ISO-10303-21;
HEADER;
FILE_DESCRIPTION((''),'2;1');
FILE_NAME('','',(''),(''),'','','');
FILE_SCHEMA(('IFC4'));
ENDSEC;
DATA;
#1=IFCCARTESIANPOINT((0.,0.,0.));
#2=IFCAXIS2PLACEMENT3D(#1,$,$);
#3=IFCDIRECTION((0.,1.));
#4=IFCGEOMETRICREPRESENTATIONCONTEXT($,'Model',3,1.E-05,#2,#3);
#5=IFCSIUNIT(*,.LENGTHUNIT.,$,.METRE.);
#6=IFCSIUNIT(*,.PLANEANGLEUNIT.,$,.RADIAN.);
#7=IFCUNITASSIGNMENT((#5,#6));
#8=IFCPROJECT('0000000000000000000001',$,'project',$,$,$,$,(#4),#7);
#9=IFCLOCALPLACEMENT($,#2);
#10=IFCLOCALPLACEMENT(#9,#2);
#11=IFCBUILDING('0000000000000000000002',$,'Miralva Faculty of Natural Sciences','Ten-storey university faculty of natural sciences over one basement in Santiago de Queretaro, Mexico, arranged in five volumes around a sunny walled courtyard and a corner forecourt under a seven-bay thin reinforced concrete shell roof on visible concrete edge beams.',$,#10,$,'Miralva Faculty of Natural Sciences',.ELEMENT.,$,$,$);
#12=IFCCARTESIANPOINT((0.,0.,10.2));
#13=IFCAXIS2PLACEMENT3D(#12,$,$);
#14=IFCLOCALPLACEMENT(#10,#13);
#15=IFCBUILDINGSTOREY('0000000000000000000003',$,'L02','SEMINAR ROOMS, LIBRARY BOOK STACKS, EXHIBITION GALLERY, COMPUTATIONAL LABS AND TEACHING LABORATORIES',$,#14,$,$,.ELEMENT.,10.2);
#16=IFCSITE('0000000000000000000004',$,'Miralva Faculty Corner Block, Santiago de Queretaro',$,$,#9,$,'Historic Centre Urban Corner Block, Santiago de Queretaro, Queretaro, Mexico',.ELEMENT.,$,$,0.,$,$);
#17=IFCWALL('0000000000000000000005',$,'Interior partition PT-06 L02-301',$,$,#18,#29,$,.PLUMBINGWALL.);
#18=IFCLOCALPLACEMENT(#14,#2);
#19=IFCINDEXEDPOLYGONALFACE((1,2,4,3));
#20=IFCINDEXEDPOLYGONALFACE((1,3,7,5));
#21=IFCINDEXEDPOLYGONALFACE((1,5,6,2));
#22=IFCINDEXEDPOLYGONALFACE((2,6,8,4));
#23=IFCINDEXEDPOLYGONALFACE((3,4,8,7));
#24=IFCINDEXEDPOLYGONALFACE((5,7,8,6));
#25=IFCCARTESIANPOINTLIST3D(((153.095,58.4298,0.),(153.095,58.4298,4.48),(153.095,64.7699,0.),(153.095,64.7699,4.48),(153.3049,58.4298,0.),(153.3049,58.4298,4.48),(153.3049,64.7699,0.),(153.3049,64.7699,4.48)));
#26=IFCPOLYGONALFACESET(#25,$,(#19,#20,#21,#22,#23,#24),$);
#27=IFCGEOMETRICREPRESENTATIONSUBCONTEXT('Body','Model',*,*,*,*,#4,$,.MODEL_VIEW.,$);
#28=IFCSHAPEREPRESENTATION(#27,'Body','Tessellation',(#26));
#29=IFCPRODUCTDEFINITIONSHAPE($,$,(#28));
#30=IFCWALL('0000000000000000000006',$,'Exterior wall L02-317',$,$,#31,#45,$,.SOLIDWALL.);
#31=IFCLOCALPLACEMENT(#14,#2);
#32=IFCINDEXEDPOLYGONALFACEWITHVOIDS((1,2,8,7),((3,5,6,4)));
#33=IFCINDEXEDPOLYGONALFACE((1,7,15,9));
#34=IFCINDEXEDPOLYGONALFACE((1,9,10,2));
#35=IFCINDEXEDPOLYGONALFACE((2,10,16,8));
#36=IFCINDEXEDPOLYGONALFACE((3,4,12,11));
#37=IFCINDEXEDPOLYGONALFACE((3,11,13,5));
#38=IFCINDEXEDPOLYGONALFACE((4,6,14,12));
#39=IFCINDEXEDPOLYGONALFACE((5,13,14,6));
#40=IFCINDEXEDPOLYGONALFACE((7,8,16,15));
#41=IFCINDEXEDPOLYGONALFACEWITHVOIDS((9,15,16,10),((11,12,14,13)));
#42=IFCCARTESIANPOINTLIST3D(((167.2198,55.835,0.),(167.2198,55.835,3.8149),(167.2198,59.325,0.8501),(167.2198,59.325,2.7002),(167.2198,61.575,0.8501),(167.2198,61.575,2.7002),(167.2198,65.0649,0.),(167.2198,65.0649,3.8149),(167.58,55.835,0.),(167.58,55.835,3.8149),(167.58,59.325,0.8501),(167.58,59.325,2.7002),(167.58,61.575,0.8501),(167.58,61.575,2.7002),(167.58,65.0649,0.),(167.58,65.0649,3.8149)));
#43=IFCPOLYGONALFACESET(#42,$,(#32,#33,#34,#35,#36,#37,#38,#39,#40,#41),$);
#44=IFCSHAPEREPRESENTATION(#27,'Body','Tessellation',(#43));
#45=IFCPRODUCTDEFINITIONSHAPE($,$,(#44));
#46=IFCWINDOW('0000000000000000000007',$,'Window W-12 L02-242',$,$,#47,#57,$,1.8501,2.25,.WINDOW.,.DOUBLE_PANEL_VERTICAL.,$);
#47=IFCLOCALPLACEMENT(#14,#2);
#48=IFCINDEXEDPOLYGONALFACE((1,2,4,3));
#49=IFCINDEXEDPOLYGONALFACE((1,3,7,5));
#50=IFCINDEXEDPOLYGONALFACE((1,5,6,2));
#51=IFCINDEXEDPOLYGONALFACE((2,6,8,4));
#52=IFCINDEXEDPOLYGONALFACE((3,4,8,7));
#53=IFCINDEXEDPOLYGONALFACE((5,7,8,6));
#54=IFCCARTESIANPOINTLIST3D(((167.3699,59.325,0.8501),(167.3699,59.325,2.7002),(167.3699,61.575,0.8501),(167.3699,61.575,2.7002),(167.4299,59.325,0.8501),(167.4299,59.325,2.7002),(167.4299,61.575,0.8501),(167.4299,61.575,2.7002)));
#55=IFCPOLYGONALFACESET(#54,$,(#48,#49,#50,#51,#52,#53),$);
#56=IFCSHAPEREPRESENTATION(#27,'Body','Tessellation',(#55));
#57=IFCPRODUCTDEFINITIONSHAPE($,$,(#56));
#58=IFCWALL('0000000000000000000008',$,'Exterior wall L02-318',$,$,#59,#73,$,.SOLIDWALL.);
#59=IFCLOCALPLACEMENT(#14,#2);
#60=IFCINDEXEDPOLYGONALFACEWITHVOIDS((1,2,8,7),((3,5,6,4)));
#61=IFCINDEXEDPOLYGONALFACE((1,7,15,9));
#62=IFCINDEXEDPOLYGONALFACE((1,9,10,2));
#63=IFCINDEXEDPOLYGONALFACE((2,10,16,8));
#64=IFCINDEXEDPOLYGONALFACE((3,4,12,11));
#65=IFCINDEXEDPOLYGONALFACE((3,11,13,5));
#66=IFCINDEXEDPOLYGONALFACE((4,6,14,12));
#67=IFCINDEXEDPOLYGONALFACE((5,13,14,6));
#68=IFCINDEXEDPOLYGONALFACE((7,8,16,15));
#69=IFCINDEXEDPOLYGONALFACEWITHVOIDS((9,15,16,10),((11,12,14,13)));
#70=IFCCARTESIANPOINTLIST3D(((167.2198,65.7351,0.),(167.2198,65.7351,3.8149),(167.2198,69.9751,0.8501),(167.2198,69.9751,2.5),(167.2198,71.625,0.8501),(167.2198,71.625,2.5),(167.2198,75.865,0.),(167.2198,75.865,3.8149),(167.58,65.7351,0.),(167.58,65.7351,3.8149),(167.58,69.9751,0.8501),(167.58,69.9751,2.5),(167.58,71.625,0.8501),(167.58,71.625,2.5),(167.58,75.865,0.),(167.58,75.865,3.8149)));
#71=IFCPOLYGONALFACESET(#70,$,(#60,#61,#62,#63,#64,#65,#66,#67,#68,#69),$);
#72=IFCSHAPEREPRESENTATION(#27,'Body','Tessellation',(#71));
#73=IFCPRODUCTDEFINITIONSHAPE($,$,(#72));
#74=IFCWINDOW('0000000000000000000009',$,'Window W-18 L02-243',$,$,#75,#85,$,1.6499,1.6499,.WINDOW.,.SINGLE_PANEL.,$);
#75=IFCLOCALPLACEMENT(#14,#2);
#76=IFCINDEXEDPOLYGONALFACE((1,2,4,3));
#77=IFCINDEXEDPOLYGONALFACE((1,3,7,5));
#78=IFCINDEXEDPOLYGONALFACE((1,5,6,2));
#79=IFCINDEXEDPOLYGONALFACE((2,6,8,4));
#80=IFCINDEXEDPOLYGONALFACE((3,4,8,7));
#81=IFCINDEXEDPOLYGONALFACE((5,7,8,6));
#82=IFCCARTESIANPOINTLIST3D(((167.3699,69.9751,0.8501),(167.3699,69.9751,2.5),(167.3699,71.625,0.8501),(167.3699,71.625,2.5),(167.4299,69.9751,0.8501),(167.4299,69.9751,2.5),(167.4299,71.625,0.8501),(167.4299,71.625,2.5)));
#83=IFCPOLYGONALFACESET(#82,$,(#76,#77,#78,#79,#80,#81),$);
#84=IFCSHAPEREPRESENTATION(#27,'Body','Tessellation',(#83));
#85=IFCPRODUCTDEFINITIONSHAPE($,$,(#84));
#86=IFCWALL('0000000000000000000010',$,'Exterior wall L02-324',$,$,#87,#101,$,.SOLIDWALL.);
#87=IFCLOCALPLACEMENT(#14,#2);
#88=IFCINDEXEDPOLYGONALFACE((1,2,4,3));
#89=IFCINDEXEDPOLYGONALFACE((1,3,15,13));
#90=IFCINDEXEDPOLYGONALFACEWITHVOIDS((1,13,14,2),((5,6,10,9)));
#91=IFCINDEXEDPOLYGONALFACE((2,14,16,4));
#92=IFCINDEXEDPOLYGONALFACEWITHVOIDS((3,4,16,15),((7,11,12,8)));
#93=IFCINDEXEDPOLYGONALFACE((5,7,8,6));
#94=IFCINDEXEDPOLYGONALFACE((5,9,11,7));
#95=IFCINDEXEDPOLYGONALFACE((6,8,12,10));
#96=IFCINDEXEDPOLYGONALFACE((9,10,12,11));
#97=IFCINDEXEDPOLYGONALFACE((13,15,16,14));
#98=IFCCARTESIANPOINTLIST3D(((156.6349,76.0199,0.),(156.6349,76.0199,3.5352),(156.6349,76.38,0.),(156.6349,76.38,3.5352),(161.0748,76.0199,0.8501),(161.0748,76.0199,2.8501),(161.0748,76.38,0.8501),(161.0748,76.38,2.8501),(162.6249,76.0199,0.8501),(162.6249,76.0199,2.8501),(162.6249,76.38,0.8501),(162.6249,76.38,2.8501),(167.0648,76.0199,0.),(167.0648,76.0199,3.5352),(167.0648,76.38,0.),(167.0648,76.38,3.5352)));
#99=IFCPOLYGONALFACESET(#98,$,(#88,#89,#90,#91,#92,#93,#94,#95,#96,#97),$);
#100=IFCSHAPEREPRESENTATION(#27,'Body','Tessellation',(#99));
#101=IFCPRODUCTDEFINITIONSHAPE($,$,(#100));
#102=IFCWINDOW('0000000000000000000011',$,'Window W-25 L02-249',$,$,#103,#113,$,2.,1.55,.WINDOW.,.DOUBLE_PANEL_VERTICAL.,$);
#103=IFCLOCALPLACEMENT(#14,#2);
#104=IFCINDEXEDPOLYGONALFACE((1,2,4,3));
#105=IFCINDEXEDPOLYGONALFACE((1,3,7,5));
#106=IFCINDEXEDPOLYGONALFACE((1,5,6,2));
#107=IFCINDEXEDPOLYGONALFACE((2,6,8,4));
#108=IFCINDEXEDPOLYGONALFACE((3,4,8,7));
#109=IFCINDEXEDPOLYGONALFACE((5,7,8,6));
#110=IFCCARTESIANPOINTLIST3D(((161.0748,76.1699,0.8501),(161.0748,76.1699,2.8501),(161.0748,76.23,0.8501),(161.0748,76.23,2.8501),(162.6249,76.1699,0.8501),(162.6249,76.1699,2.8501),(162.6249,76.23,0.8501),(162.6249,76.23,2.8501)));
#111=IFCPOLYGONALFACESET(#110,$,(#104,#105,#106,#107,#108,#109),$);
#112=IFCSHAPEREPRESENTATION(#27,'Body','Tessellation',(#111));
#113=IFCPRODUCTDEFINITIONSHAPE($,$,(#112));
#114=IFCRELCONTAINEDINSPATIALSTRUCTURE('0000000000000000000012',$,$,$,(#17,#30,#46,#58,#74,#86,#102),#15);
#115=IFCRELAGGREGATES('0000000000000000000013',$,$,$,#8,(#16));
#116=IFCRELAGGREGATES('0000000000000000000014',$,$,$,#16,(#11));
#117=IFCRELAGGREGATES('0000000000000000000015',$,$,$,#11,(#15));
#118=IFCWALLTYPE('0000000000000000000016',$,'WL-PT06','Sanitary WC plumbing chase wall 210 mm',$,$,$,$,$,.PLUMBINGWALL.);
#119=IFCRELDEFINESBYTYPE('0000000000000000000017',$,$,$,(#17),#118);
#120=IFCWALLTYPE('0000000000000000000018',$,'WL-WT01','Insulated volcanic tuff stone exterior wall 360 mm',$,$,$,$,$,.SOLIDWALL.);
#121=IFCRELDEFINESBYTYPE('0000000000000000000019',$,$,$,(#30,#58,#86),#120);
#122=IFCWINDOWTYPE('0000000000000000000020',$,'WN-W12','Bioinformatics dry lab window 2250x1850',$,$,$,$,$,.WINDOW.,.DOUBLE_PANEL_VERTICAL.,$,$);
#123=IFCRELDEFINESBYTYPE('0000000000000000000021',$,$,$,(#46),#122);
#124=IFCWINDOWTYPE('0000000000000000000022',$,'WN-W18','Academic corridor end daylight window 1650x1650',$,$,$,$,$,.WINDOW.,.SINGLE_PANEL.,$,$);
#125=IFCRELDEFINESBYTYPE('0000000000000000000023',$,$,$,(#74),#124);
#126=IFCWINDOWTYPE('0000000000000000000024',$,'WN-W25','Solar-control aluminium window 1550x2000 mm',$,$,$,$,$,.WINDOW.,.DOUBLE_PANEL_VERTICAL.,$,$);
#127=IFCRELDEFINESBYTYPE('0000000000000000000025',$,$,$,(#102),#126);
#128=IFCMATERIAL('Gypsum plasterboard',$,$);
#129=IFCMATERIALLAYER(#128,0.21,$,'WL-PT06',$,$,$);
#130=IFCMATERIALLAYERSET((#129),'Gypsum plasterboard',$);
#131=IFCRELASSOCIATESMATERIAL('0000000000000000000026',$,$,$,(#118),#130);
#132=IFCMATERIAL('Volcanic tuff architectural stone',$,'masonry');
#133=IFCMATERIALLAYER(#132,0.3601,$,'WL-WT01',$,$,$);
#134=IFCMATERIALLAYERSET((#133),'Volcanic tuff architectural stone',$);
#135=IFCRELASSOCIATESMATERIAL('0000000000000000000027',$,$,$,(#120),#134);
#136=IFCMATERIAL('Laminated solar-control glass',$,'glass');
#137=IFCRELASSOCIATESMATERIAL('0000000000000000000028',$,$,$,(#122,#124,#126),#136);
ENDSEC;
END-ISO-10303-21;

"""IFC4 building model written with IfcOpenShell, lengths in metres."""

from ifc_helpers import new_model, si_unit, direction, frame, frame_2d, origin, place, context, subcontext, project, spatial, rectangle, extrude, material, layer, layer_set, type_object, element, fill, save


model = new_model("IFC4")

# Units and contexts
model_context = context("Model", 3, precision=1e-05, world=origin(), true_north=direction((0.0, 1.0)))
body_context = subcontext(model_context, "Body", "Model", "MODEL_VIEW")
ifc_project = project(units=[si_unit("LENGTHUNIT", "METRE"), si_unit("PLANEANGLEUNIT", "RADIAN")], contexts=[model_context])

# Site, building, storey
site_placement = place(None, origin())
site = spatial("IfcSite", under=ifc_project, at=site_placement, Name="Miralva Faculty Corner Block, Santiago de Queretaro", LongName="Historic Centre Urban Corner Block, Santiago de Queretaro, Queretaro, Mexico", CompositionType="ELEMENT", RefElevation=0.0)
building_placement = place(site_placement, origin())
building = spatial("IfcBuilding", under=site, at=building_placement, Name="Miralva Faculty of Natural Sciences", Description="Ten-storey university faculty of natural sciences over one basement in Santiago de Queretaro, Mexico, arranged in five volumes around a sunny walled courtyard and a corner forecourt under a seven-bay thin reinforced concrete shell roof on visible concrete edge beams.", LongName="Miralva Faculty of Natural Sciences", CompositionType="ELEMENT")
storey_placement = place(building_placement, frame((0.0, 0.0, 10.2)))
storey = spatial("IfcBuildingStorey", under=building, at=storey_placement, Name="L02", Description="SEMINAR ROOMS, LIBRARY BOOK STACKS, EXHIBITION GALLERY, COMPUTATIONAL LABS AND TEACHING LABORATORIES", CompositionType="ELEMENT", Elevation=10.2)

# Wall
ifc_material_1 = material(Name="Gypsum plasterboard")
ifc_layer_1 = layer(ifc_material_1, 0.21, Name="WL-PT06")
ifc_layer_set_1 = layer_set([ifc_layer_1], Name="Gypsum plasterboard")
wall_type_1 = type_object("IfcWallType", Name="WL-PT06", Description="Sanitary WC plumbing chase wall 210 mm", PredefinedType="PLUMBINGWALL", material=ifc_layer_set_1)
wall_1_placement = place(storey_placement, frame((153.2, 58.4299, 0.0), z_axis=(0.0, 0.0, 1.0), x_axis=(0.0, 1.0, 0.0)))
element("IfcWall", 1, at=wall_1_placement, inside=storey, type_object=wall_type_1, Name="Interior partition PT-06 L02-301", PredefinedType="PLUMBINGWALL", context=body_context, shape_type="SweptSolid", body=[
    extrude(rectangle(XDim=6.3401, YDim=0.21, at=frame_2d((3.1699, 0.0))), origin(), (0.0, 0.0, 1.0), 4.48),
])

# Walls, openings, windows
ifc_material_2 = material(Name="Volcanic tuff architectural stone", Category="masonry")
ifc_layer_2 = layer(ifc_material_2, 0.3601, Name="WL-WT01")
ifc_layer_set_2 = layer_set([ifc_layer_2], Name="Volcanic tuff architectural stone")
wall_type_2 = type_object("IfcWallType", Name="WL-WT01", Description="Insulated volcanic tuff stone exterior wall 360 mm", PredefinedType="SOLIDWALL", material=ifc_layer_set_2)
wall_2_placement = place(storey_placement, frame((167.3999, 55.835, 0.0), z_axis=(0.0, 0.0, 1.0), x_axis=(0.0, 1.0, 0.0)))
wall_2 = element("IfcWall", 2, at=wall_2_placement, inside=storey, type_object=wall_type_2, Name="Exterior wall L02-317", PredefinedType="SOLIDWALL", context=body_context, shape_type="SweptSolid", body=[
    extrude(rectangle(XDim=9.23, YDim=0.3601, at=frame_2d((4.615, 0.0))), origin(), (0.0, 0.0, 1.0), 3.8149),
])
opening_1_placement = place(wall_2_placement, frame((3.49, 0.0, 0.8501)))
opening_1 = element("IfcOpeningElement", 3, at=opening_1_placement, cuts=wall_2, PredefinedType="OPENING", context=body_context, shape_type="SweptSolid", body=[
    extrude(rectangle(XDim=2.25, YDim=1.8501, at=frame_2d((1.125, 0.925))), frame((0.0, 0.1899, 0.0), z_axis=(0.0, -1.0, 0.0), x_axis=(1.0, 0.0, 0.0)), (0.0, 0.0, 1.0), 0.3801),
])
ifc_material_3 = material(Name="Laminated solar-control glass", Category="glass")
window_type_1 = type_object("IfcWindowType", Name="WN-W12", Description="Bioinformatics dry lab window 2250x1850", PartitioningType="DOUBLE_PANEL_VERTICAL", PredefinedType="WINDOW", material=ifc_material_3)
window_1_placement = place(opening_1_placement, frame((2.25, 0.0, 0.0), z_axis=(0.0, 0.0, 1.0), x_axis=(-1.0, 0.0, 0.0)))
window_1 = element("IfcWindow", 4, at=window_1_placement, inside=storey, type_object=window_type_1, Name="Window W-12 L02-242", OverallHeight=1.8501, OverallWidth=2.25, PartitioningType="DOUBLE_PANEL_VERTICAL", PredefinedType="WINDOW", context=body_context, shape_type="SweptSolid", body=[
    extrude(rectangle(XDim=2.25, YDim=1.8501, at=frame_2d((1.125, 0.925))), frame((0.0, 0.03, 0.0), z_axis=(0.0, -1.0, 0.0), x_axis=(1.0, 0.0, 0.0)), (0.0, 0.0, 1.0), 0.0601),
])
fill(opening_1, window_1)
wall_3_placement = place(storey_placement, frame((167.3999, 65.7351, 0.0), z_axis=(0.0, 0.0, 1.0), x_axis=(0.0, 1.0, 0.0)))
wall_3 = element("IfcWall", 5, at=wall_3_placement, inside=storey, type_object=wall_type_2, Name="Exterior wall L02-318", PredefinedType="SOLIDWALL", context=body_context, shape_type="SweptSolid", body=[
    extrude(rectangle(XDim=10.1299, YDim=0.3601, at=frame_2d((5.0649, 0.0))), origin(), (0.0, 0.0, 1.0), 3.8149),
])
opening_2_placement = place(wall_3_placement, frame((4.24, 0.0, 0.8501)))
opening_2 = element("IfcOpeningElement", 6, at=opening_2_placement, cuts=wall_3, PredefinedType="OPENING", context=body_context, shape_type="SweptSolid", body=[
    extrude(rectangle(XDim=1.6499, YDim=1.6499, at=frame_2d((0.825, 0.825))), frame((0.0, 0.1899, 0.0), z_axis=(0.0, -1.0, 0.0), x_axis=(1.0, 0.0, 0.0)), (0.0, 0.0, 1.0), 0.3801),
])
window_type_2 = type_object("IfcWindowType", Name="WN-W18", Description="Academic corridor end daylight window 1650x1650", PartitioningType="SINGLE_PANEL", PredefinedType="WINDOW", material=ifc_material_3)
window_2_placement = place(opening_2_placement, frame((1.6499, 0.0, 0.0), z_axis=(0.0, 0.0, 1.0), x_axis=(-1.0, 0.0, 0.0)))
window_2 = element("IfcWindow", 7, at=window_2_placement, inside=storey, type_object=window_type_2, Name="Window W-18 L02-243", OverallHeight=1.6499, OverallWidth=1.6499, PartitioningType="SINGLE_PANEL", PredefinedType="WINDOW", context=body_context, shape_type="SweptSolid", body=[
    extrude(rectangle(XDim=1.6499, YDim=1.6499, at=frame_2d((0.825, 0.825))), frame((0.0, 0.03, 0.0), z_axis=(0.0, -1.0, 0.0), x_axis=(1.0, 0.0, 0.0)), (0.0, 0.0, 1.0), 0.0601),
])
fill(opening_2, window_2)
wall_4_placement = place(storey_placement, frame((156.635, 76.2, 0.0), z_axis=(0.0, 0.0, 1.0), x_axis=(1.0, 0.0, 0.0)))
wall_4 = element("IfcWall", 8, at=wall_4_placement, inside=storey, type_object=wall_type_2, Name="Exterior wall L02-324", PredefinedType="SOLIDWALL", context=body_context, shape_type="SweptSolid", body=[
    extrude(rectangle(XDim=10.4299, YDim=0.3601, at=frame_2d((5.2148, 0.0))), origin(), (0.0, 0.0, 1.0), 3.5352),
])
opening_3_placement = place(wall_4_placement, frame((4.4399, 0.0, 0.8501)))
opening_3 = element("IfcOpeningElement", 9, at=opening_3_placement, cuts=wall_4, PredefinedType="OPENING", context=body_context, shape_type="SweptSolid", body=[
    extrude(rectangle(XDim=1.55, YDim=2.0, at=frame_2d((0.7749, 1.0))), frame((0.0, 0.1899, 0.0), z_axis=(0.0, -1.0, 0.0), x_axis=(1.0, 0.0, 0.0)), (0.0, 0.0, 1.0), 0.3801),
])
window_type_3 = type_object("IfcWindowType", Name="WN-W25", Description="Solar-control aluminium window 1550x2000 mm", PartitioningType="DOUBLE_PANEL_VERTICAL", PredefinedType="WINDOW", material=ifc_material_3)
window_3_placement = place(opening_3_placement, origin())
window_3 = element("IfcWindow", 10, at=window_3_placement, inside=storey, type_object=window_type_3, Name="Window W-25 L02-249", OverallHeight=2.0, OverallWidth=1.55, PartitioningType="DOUBLE_PANEL_VERTICAL", PredefinedType="WINDOW", context=body_context, shape_type="SweptSolid", body=[
    extrude(rectangle(XDim=1.55, YDim=2.0, at=frame_2d((0.7749, 1.0))), frame((0.0, 0.03, 0.0), z_axis=(0.0, -1.0, 0.0), x_axis=(1.0, 0.0, 0.0)), (0.0, 0.0, 1.0), 0.0601),
])
fill(opening_3, window_3)

save(model, "model.ifc")
